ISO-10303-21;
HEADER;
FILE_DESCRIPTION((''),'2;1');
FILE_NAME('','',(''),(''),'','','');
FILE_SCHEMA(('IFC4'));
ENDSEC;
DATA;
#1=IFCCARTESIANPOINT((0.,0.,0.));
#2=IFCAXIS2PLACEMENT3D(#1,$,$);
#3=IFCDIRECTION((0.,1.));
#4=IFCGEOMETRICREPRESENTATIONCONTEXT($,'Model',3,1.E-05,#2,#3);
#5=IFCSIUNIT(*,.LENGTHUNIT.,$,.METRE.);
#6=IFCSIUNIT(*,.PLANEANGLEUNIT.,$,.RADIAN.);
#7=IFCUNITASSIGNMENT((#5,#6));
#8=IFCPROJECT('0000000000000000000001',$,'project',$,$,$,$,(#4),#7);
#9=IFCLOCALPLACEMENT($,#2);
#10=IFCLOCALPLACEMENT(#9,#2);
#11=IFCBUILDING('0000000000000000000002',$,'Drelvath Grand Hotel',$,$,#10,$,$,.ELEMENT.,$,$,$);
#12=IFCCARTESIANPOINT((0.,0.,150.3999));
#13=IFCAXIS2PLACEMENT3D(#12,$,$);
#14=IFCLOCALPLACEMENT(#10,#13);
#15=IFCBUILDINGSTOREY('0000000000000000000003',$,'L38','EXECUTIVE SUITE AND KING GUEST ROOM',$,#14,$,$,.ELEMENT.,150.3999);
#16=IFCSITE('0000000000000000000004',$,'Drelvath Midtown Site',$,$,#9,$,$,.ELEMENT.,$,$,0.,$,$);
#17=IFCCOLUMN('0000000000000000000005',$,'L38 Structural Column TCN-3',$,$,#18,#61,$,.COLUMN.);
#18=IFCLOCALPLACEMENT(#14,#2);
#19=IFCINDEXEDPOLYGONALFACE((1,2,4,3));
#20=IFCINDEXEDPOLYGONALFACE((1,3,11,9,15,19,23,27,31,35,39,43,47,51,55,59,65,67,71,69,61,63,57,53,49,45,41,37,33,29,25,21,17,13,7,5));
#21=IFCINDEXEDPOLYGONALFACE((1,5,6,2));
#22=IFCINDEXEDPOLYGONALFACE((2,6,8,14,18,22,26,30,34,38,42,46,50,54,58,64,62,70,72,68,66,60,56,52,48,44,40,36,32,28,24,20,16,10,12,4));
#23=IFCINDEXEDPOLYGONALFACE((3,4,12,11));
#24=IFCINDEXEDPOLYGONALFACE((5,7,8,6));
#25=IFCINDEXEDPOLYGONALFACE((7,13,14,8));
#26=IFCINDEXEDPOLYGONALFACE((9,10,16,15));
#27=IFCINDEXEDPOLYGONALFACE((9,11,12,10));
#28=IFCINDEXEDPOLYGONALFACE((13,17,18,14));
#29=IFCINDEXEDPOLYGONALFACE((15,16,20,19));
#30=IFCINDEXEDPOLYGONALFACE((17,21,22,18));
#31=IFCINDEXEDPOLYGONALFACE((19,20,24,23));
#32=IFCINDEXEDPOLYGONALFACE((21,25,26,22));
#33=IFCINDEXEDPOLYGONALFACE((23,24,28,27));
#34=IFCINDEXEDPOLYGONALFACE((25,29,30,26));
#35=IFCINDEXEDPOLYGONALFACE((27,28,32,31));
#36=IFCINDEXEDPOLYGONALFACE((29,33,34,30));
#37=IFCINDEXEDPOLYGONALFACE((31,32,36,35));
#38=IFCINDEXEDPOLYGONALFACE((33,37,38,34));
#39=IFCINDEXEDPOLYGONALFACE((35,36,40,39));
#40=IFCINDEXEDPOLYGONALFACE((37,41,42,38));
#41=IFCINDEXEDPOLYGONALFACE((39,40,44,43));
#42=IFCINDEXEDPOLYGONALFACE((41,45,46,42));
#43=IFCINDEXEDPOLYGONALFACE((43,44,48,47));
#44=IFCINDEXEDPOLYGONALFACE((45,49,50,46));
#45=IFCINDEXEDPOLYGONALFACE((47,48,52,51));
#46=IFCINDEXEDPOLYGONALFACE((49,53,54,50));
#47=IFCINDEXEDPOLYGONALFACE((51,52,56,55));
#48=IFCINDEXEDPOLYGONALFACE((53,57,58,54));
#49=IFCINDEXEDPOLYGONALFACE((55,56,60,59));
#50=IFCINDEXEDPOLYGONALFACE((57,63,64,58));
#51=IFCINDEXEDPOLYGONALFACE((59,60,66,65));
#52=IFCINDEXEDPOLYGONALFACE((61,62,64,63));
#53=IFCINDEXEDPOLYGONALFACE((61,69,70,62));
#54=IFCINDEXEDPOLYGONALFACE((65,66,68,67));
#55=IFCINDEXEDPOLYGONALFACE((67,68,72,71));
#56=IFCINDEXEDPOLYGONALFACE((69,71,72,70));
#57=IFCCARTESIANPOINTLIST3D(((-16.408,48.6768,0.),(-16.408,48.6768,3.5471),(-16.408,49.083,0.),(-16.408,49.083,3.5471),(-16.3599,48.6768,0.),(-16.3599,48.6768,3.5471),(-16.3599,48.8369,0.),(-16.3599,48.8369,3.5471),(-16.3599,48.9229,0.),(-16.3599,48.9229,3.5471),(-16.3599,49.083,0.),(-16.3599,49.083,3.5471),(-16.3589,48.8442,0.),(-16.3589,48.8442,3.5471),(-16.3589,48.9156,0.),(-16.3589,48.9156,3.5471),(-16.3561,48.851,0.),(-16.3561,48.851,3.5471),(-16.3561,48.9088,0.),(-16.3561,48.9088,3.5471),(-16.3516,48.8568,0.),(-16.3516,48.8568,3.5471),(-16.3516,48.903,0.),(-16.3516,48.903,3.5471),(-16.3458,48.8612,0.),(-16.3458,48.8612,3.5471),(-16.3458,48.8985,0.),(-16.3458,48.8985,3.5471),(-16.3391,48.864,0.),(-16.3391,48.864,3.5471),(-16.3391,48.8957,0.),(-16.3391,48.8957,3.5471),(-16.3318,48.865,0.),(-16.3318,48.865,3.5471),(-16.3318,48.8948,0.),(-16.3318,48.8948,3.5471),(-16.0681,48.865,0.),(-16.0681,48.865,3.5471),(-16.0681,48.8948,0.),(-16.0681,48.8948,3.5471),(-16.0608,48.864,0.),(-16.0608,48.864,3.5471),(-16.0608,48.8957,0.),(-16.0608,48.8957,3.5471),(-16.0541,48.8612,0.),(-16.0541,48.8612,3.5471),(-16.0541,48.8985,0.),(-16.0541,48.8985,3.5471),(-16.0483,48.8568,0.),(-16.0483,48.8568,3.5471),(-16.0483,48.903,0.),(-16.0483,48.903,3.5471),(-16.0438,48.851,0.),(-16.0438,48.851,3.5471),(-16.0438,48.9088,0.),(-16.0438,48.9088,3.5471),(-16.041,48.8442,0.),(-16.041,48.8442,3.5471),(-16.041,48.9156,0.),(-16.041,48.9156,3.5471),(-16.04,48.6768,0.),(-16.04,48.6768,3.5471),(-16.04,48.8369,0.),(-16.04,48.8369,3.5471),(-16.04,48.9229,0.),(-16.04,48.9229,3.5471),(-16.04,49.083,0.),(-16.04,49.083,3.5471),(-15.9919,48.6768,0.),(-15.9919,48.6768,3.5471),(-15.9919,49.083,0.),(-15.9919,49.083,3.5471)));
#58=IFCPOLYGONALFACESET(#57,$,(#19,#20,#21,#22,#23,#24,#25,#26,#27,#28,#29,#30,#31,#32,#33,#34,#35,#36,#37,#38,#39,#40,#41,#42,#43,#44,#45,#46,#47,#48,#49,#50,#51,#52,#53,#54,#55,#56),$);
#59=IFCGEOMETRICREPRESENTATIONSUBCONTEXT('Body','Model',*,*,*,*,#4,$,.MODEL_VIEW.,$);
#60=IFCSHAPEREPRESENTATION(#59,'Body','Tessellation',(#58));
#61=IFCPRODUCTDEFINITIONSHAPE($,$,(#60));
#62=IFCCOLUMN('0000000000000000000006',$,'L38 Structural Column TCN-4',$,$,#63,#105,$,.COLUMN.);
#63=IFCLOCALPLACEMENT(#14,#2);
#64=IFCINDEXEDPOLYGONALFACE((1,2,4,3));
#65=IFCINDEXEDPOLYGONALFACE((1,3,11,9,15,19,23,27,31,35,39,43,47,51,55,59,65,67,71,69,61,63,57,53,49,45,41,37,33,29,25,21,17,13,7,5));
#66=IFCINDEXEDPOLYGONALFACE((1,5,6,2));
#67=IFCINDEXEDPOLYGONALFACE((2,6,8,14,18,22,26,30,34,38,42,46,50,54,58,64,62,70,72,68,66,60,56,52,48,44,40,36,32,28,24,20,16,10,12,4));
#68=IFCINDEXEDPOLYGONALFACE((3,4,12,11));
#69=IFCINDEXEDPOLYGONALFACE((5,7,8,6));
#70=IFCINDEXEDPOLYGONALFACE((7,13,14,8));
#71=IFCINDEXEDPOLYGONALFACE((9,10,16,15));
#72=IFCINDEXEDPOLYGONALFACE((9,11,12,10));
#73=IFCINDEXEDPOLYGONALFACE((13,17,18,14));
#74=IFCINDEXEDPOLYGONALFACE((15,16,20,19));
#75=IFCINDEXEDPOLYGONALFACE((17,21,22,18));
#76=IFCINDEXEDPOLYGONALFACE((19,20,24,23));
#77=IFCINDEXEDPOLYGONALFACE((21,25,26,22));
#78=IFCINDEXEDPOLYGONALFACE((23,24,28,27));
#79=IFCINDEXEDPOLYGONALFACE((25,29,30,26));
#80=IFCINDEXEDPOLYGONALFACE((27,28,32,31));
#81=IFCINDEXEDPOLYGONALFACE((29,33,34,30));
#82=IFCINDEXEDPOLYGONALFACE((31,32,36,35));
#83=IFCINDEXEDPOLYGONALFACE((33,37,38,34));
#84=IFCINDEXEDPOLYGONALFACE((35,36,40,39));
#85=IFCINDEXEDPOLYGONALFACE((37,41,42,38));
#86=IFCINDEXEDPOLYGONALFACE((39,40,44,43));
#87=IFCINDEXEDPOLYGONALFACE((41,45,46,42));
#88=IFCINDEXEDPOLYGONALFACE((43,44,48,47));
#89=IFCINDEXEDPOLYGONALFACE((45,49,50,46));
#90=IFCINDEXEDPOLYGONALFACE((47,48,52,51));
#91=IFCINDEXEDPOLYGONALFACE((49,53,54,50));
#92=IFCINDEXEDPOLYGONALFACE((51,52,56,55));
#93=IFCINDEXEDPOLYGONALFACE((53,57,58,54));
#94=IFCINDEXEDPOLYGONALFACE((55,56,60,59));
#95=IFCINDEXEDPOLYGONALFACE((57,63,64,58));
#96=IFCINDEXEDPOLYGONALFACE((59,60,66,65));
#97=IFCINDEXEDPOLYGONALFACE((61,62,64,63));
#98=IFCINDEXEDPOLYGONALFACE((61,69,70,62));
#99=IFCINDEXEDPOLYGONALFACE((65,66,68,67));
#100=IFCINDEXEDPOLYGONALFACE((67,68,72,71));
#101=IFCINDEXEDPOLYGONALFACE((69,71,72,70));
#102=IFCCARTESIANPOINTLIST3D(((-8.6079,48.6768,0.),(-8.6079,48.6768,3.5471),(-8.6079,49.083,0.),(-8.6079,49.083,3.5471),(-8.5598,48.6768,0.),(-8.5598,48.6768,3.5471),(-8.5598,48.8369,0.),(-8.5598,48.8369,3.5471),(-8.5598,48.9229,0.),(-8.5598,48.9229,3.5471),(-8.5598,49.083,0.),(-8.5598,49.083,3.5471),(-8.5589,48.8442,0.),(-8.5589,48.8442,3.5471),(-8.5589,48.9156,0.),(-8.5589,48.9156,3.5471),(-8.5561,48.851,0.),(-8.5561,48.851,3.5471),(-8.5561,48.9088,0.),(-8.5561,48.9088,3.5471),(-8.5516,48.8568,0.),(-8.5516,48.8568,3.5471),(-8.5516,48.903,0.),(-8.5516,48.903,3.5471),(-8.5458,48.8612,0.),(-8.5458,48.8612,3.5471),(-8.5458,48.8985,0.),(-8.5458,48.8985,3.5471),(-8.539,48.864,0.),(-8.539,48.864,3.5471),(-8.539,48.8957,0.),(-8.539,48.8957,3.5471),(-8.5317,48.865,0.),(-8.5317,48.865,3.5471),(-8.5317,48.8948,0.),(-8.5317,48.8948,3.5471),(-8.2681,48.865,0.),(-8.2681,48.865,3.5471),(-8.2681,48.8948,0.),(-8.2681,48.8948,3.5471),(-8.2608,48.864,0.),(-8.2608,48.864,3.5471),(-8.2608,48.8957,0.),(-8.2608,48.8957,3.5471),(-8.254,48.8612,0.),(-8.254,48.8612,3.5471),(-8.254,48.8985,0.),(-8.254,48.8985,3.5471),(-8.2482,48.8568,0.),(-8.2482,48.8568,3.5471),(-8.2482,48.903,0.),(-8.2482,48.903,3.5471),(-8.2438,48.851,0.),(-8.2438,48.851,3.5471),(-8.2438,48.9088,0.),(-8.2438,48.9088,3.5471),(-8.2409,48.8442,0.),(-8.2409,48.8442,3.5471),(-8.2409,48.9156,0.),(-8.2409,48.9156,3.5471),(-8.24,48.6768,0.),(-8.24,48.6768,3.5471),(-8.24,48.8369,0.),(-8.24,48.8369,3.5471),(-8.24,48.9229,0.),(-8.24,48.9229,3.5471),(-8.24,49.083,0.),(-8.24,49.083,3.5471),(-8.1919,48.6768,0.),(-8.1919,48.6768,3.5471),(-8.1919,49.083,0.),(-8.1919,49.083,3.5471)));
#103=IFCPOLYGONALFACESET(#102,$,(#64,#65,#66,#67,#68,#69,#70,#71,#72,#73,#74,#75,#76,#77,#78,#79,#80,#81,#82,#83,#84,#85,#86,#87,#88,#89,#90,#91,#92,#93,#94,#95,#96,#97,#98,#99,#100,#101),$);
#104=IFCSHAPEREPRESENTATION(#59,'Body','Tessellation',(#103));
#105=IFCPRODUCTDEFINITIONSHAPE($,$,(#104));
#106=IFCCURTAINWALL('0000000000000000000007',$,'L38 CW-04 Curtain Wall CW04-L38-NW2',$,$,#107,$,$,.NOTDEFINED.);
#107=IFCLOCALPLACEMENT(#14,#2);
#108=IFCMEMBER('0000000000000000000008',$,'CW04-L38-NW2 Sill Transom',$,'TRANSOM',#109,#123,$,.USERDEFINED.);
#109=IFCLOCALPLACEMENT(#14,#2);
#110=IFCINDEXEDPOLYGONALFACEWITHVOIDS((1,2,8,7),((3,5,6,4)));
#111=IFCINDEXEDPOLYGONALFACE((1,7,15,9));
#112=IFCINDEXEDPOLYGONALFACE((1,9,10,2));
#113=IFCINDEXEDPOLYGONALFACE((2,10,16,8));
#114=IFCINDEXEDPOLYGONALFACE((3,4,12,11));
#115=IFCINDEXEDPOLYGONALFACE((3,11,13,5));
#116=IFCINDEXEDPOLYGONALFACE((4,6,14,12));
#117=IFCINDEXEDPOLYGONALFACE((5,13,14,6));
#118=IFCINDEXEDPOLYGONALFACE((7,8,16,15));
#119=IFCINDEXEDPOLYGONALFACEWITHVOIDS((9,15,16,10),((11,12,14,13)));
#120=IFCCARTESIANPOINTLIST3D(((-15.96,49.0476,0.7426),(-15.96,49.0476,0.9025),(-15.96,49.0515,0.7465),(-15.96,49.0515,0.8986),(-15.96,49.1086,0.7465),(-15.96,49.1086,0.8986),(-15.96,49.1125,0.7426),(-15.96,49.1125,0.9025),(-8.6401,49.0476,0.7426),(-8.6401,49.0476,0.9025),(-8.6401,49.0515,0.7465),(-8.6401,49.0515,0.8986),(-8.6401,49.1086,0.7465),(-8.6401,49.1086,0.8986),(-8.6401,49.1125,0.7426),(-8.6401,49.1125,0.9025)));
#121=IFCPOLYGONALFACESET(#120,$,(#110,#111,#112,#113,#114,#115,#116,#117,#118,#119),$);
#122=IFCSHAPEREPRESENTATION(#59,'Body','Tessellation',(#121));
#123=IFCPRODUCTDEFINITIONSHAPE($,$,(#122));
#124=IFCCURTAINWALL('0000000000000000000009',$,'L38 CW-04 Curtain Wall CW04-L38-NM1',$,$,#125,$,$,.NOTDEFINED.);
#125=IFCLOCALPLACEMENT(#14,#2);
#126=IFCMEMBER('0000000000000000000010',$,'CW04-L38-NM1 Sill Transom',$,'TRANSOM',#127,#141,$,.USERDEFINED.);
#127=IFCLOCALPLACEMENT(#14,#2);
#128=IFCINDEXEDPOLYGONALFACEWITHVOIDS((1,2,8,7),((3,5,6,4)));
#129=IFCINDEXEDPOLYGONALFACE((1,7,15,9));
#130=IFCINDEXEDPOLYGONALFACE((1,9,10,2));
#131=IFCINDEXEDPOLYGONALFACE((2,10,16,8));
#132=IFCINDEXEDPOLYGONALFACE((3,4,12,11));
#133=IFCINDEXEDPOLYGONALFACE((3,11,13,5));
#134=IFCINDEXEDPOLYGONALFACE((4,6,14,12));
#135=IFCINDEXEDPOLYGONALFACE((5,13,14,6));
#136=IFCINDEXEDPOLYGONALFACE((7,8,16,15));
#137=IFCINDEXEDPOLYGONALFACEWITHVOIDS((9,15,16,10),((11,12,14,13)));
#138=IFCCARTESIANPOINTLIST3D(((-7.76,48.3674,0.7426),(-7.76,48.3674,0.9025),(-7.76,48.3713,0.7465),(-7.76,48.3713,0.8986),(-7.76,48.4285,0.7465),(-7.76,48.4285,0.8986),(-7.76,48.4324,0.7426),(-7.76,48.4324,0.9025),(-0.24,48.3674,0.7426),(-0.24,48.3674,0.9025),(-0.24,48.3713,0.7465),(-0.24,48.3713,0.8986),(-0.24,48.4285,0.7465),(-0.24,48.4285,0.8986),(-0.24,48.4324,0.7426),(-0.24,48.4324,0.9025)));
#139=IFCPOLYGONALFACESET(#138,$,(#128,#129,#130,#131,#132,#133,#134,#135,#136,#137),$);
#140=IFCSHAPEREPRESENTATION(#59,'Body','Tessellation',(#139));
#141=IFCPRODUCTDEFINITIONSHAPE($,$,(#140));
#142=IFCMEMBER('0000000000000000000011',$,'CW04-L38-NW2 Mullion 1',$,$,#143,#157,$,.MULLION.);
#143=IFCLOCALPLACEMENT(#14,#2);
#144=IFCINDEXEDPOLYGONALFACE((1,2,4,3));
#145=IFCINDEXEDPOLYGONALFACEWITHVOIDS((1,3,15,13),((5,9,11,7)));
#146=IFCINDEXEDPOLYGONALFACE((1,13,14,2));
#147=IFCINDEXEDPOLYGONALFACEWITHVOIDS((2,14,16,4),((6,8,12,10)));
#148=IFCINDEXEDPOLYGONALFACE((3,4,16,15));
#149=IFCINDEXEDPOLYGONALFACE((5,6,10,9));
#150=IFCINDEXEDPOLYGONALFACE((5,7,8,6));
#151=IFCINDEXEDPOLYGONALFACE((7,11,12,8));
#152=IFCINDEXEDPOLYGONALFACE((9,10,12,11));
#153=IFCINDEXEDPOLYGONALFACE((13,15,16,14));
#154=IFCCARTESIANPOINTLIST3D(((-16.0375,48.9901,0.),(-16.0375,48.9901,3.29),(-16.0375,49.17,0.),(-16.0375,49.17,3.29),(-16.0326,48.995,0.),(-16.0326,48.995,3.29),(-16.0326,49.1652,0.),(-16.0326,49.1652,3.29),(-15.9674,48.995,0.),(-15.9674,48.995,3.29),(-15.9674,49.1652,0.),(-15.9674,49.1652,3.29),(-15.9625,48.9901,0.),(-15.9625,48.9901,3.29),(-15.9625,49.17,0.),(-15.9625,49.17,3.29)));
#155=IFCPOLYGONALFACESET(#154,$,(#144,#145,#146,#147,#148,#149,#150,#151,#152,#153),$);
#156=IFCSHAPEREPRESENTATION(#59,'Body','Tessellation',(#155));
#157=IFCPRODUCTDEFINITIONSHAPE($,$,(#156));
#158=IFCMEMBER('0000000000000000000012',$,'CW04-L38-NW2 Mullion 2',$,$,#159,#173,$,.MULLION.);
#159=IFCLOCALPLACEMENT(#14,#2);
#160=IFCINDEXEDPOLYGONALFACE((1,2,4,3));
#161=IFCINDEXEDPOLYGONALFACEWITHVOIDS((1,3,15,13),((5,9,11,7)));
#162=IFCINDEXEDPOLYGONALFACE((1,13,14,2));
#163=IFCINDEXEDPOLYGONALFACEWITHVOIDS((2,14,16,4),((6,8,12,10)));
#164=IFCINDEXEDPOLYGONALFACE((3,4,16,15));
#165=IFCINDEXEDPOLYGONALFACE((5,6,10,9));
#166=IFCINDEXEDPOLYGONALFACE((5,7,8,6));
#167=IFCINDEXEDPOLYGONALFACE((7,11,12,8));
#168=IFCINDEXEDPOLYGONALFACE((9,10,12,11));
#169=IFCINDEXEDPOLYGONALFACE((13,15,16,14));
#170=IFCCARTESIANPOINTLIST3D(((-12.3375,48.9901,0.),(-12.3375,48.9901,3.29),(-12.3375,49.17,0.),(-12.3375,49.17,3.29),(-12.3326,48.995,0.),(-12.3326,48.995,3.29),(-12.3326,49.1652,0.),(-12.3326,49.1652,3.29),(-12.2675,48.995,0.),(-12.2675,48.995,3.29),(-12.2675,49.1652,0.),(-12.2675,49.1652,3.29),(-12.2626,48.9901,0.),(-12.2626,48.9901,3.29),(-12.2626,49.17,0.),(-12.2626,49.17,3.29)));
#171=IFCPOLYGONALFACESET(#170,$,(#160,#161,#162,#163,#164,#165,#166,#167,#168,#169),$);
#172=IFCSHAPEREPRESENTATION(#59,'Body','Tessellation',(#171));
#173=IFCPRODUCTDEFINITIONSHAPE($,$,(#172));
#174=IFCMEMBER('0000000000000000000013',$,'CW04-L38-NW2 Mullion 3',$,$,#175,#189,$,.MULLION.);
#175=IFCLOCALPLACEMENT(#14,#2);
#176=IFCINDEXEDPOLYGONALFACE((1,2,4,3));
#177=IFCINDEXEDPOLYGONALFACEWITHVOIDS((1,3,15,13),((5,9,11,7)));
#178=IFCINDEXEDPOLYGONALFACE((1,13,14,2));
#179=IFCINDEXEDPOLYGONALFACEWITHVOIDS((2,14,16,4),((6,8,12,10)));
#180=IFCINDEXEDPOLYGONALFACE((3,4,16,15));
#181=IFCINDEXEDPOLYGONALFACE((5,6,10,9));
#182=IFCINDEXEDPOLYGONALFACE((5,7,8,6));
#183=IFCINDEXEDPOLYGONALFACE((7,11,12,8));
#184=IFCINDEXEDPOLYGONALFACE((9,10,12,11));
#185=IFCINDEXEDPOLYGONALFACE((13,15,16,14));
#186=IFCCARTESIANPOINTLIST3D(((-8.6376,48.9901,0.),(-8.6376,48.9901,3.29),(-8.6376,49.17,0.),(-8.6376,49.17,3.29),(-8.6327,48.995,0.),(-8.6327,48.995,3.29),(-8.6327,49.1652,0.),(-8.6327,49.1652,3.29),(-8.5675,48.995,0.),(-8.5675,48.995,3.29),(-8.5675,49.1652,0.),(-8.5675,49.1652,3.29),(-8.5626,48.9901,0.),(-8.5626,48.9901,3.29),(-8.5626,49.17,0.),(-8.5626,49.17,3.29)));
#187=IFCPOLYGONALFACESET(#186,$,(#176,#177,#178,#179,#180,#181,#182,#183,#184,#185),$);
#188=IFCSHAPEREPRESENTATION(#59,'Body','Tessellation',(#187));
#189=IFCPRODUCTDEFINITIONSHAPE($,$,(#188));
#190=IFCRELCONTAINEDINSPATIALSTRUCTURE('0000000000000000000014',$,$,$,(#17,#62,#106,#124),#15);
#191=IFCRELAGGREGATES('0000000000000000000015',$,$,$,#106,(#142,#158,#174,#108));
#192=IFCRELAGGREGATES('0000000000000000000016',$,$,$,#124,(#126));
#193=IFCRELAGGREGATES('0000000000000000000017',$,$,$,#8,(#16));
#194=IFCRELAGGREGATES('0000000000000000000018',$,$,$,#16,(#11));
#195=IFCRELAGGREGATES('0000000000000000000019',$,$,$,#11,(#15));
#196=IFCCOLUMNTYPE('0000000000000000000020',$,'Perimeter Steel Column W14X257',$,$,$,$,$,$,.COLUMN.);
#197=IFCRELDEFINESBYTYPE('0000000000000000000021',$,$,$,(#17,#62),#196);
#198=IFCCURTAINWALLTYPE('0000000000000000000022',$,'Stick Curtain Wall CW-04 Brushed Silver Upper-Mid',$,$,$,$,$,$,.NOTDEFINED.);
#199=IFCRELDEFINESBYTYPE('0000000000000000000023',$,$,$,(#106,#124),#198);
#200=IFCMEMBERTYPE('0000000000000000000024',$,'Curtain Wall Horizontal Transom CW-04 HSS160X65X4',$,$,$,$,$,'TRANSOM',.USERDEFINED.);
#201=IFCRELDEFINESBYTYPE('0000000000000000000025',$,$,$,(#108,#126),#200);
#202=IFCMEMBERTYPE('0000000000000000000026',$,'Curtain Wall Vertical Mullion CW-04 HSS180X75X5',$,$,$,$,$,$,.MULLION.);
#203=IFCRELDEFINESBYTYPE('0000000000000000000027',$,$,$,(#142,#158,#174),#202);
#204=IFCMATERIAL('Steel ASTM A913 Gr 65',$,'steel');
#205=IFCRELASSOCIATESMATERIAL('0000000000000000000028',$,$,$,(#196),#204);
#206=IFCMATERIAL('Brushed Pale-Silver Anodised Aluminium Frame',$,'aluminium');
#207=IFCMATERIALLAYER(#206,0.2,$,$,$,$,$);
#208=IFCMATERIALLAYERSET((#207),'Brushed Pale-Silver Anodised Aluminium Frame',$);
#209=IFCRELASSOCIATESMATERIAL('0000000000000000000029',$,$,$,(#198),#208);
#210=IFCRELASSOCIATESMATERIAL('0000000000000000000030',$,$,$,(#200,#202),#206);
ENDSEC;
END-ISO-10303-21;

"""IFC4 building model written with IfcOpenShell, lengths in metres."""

from ifc_helpers import new_model, si_unit, direction, frame, origin, origin_2d, place, context, subcontext, project, spatial, hollow_rectangle, i_section, extrude, material, layer, layer_set, material_profile, profile_set, type_object, element, aggregate, save


model = new_model("IFC4")

# Units and contexts
model_context = context("Model", 3, precision=1e-05, world=origin(), true_north=direction((0.0, 1.0)))
body_context = subcontext(model_context, "Body", "Model", "MODEL_VIEW")
ifc_project = project(units=[si_unit("LENGTHUNIT", "METRE"), si_unit("PLANEANGLEUNIT", "RADIAN")], contexts=[model_context])

# Site, building, storey
site_placement = place(None, origin())
site = spatial("IfcSite", under=ifc_project, at=site_placement, Name="Drelvath Midtown Site", CompositionType="ELEMENT", RefElevation=0.0)
building_placement = place(site_placement, origin())
building = spatial("IfcBuilding", under=site, at=building_placement, Name="Drelvath Grand Hotel", CompositionType="ELEMENT")
storey_placement = place(building_placement, frame((0.0, 0.0, 150.3999)))
storey = spatial("IfcBuildingStorey", under=building, at=storey_placement, Name="L38", Description="EXECUTIVE SUITE AND KING GUEST ROOM", CompositionType="ELEMENT", Elevation=150.3999)

# Columns
ifc_material_1 = material(Name="Steel ASTM A913 Gr 65", Category="steel")
ifc_material_profile_1 = material_profile(ifc_material_1, i_section(OverallWidth=0.4062, OverallDepth=0.416, WebThickness=0.0298, FlangeThickness=0.0481, FilletRadius=0.0281, at=origin_2d()), Name="W14X257")
ifc_profile_set_1 = profile_set([ifc_material_profile_1], Name="Steel ASTM A913 Gr 65")
column_type = type_object("IfcColumnType", Name="Perimeter Steel Column W14X257", PredefinedType="COLUMN", material=ifc_profile_set_1)
for number, where, z_axis, x_axis, name in (
    (1, (-16.2, 48.8799, 0.0), (0.0, 0.0, 1.0), (0.0, 1.0, 0.0), "L38 Structural Column TCN-3"),
    (2, (-8.3999, 48.8799, 0.0), (0.0, 0.0, 1.0), (0.0, 1.0, 0.0), "L38 Structural Column TCN-4"),
):
    element("IfcColumn", number, at=place(storey_placement, frame(where, z_axis=z_axis, x_axis=x_axis)), inside=storey, type_object=column_type, Name=name, PredefinedType="COLUMN", context=body_context, shape_type="SweptSolid", body=[
        extrude(i_section(OverallWidth=0.4062, OverallDepth=0.416, WebThickness=0.0298, FlangeThickness=0.0481, FilletRadius=0.0281, at=origin_2d()), origin(), (0.0, 0.0, 1.0), 3.5471),
    ])

# Curtain walls, members
ifc_material_2 = material(Name="Brushed Pale-Silver Anodised Aluminium Frame", Category="aluminium")
ifc_layer_1 = layer(ifc_material_2, 0.2)
ifc_layer_set_1 = layer_set([ifc_layer_1], Name="Brushed Pale-Silver Anodised Aluminium Frame")
curtain_wall_type = type_object("IfcCurtainWallType", Name="Stick Curtain Wall CW-04 Brushed Silver Upper-Mid", PredefinedType="NOTDEFINED", material=ifc_layer_set_1)
curtain_wall_1_placement = place(storey_placement, origin())
curtain_wall_1 = element("IfcCurtainWall", 3, at=curtain_wall_1_placement, inside=storey, type_object=curtain_wall_type, Name="L38 CW-04 Curtain Wall CW04-L38-NW2", PredefinedType="NOTDEFINED")
ifc_material_profile_2 = material_profile(ifc_material_2, hollow_rectangle(XDim=0.0649, YDim=0.1599, WallThickness=0.0039, at=origin_2d()), Name="HSS160X65X4")
ifc_profile_set_2 = profile_set([ifc_material_profile_2], Name="Brushed Pale-Silver Anodised Aluminium Frame")
member_type_1 = type_object("IfcMemberType", Name="Curtain Wall Horizontal Transom CW-04 HSS160X65X4", ElementType="TRANSOM", PredefinedType="USERDEFINED", material=ifc_profile_set_2)
member_1_placement = place(storey_placement, frame((-15.96, 49.0801, 0.8225), z_axis=(1.0, 0.0, 0.0), x_axis=(0.0, 1.0, 0.0)))
member_1 = element("IfcMember", 4, at=member_1_placement, type_object=member_type_1, Name="CW04-L38-NW2 Sill Transom", ObjectType="TRANSOM", PredefinedType="USERDEFINED", context=body_context, shape_type="SweptSolid", body=[
    extrude(hollow_rectangle(XDim=0.0649, YDim=0.1599, WallThickness=0.0039, at=origin_2d()), origin(), (0.0, 0.0, 1.0), 7.3198),
])
curtain_wall_2_placement = place(storey_placement, origin())
curtain_wall_2 = element("IfcCurtainWall", 5, at=curtain_wall_2_placement, inside=storey, type_object=curtain_wall_type, Name="L38 CW-04 Curtain Wall CW04-L38-NM1", PredefinedType="NOTDEFINED")
member_2_placement = place(storey_placement, frame((-7.76, 48.3999, 0.8225), z_axis=(1.0, 0.0, 0.0), x_axis=(0.0, 1.0, 0.0)))
member_2 = element("IfcMember", 6, at=member_2_placement, type_object=member_type_1, Name="CW04-L38-NM1 Sill Transom", ObjectType="TRANSOM", PredefinedType="USERDEFINED", context=body_context, shape_type="SweptSolid", body=[
    extrude(hollow_rectangle(XDim=0.0649, YDim=0.1599, WallThickness=0.0039, at=origin_2d()), origin(), (0.0, 0.0, 1.0), 7.52),
])

# Members
ifc_material_profile_3 = material_profile(ifc_material_2, hollow_rectangle(XDim=0.075, YDim=0.1799, WallThickness=0.0049, at=origin_2d()), Name="HSS180X75X5")
ifc_profile_set_3 = profile_set([ifc_material_profile_3], Name="Brushed Pale-Silver Anodised Aluminium Frame")
member_type_2 = type_object("IfcMemberType", Name="Curtain Wall Vertical Mullion CW-04 HSS180X75X5", PredefinedType="MULLION", material=ifc_profile_set_3)
member_3_placement = place(storey_placement, frame((-16.0, 49.0801, 0.0), z_axis=(0.0, 0.0, 1.0), x_axis=(1.0, 0.0, 0.0)))
member_3 = element("IfcMember", 7, at=member_3_placement, type_object=member_type_2, Name="CW04-L38-NW2 Mullion 1", PredefinedType="MULLION", context=body_context, shape_type="SweptSolid", body=[
    extrude(hollow_rectangle(XDim=0.075, YDim=0.1799, WallThickness=0.0049, at=origin_2d()), origin(), (0.0, 0.0, 1.0), 3.29),
])
member_4_placement = place(storey_placement, frame((-12.3, 49.0801, 0.0), z_axis=(0.0, 0.0, 1.0), x_axis=(1.0, 0.0, 0.0)))
member_4 = element("IfcMember", 8, at=member_4_placement, type_object=member_type_2, Name="CW04-L38-NW2 Mullion 2", PredefinedType="MULLION", context=body_context, shape_type="SweptSolid", body=[
    extrude(hollow_rectangle(XDim=0.075, YDim=0.1799, WallThickness=0.0049, at=origin_2d()), origin(), (0.0, 0.0, 1.0), 3.29),
])
member_5_placement = place(storey_placement, frame((-8.6001, 49.0801, 0.0), z_axis=(0.0, 0.0, 1.0), x_axis=(1.0, 0.0, 0.0)))
member_5 = element("IfcMember", 9, at=member_5_placement, type_object=member_type_2, Name="CW04-L38-NW2 Mullion 3", PredefinedType="MULLION", context=body_context, shape_type="SweptSolid", body=[
    extrude(hollow_rectangle(XDim=0.075, YDim=0.1799, WallThickness=0.0049, at=origin_2d()), origin(), (0.0, 0.0, 1.0), 3.29),
])

aggregate(curtain_wall_1, [member_3, member_4, member_5, member_1])
aggregate(curtain_wall_2, [member_2])

save(model, "model.ifc")
